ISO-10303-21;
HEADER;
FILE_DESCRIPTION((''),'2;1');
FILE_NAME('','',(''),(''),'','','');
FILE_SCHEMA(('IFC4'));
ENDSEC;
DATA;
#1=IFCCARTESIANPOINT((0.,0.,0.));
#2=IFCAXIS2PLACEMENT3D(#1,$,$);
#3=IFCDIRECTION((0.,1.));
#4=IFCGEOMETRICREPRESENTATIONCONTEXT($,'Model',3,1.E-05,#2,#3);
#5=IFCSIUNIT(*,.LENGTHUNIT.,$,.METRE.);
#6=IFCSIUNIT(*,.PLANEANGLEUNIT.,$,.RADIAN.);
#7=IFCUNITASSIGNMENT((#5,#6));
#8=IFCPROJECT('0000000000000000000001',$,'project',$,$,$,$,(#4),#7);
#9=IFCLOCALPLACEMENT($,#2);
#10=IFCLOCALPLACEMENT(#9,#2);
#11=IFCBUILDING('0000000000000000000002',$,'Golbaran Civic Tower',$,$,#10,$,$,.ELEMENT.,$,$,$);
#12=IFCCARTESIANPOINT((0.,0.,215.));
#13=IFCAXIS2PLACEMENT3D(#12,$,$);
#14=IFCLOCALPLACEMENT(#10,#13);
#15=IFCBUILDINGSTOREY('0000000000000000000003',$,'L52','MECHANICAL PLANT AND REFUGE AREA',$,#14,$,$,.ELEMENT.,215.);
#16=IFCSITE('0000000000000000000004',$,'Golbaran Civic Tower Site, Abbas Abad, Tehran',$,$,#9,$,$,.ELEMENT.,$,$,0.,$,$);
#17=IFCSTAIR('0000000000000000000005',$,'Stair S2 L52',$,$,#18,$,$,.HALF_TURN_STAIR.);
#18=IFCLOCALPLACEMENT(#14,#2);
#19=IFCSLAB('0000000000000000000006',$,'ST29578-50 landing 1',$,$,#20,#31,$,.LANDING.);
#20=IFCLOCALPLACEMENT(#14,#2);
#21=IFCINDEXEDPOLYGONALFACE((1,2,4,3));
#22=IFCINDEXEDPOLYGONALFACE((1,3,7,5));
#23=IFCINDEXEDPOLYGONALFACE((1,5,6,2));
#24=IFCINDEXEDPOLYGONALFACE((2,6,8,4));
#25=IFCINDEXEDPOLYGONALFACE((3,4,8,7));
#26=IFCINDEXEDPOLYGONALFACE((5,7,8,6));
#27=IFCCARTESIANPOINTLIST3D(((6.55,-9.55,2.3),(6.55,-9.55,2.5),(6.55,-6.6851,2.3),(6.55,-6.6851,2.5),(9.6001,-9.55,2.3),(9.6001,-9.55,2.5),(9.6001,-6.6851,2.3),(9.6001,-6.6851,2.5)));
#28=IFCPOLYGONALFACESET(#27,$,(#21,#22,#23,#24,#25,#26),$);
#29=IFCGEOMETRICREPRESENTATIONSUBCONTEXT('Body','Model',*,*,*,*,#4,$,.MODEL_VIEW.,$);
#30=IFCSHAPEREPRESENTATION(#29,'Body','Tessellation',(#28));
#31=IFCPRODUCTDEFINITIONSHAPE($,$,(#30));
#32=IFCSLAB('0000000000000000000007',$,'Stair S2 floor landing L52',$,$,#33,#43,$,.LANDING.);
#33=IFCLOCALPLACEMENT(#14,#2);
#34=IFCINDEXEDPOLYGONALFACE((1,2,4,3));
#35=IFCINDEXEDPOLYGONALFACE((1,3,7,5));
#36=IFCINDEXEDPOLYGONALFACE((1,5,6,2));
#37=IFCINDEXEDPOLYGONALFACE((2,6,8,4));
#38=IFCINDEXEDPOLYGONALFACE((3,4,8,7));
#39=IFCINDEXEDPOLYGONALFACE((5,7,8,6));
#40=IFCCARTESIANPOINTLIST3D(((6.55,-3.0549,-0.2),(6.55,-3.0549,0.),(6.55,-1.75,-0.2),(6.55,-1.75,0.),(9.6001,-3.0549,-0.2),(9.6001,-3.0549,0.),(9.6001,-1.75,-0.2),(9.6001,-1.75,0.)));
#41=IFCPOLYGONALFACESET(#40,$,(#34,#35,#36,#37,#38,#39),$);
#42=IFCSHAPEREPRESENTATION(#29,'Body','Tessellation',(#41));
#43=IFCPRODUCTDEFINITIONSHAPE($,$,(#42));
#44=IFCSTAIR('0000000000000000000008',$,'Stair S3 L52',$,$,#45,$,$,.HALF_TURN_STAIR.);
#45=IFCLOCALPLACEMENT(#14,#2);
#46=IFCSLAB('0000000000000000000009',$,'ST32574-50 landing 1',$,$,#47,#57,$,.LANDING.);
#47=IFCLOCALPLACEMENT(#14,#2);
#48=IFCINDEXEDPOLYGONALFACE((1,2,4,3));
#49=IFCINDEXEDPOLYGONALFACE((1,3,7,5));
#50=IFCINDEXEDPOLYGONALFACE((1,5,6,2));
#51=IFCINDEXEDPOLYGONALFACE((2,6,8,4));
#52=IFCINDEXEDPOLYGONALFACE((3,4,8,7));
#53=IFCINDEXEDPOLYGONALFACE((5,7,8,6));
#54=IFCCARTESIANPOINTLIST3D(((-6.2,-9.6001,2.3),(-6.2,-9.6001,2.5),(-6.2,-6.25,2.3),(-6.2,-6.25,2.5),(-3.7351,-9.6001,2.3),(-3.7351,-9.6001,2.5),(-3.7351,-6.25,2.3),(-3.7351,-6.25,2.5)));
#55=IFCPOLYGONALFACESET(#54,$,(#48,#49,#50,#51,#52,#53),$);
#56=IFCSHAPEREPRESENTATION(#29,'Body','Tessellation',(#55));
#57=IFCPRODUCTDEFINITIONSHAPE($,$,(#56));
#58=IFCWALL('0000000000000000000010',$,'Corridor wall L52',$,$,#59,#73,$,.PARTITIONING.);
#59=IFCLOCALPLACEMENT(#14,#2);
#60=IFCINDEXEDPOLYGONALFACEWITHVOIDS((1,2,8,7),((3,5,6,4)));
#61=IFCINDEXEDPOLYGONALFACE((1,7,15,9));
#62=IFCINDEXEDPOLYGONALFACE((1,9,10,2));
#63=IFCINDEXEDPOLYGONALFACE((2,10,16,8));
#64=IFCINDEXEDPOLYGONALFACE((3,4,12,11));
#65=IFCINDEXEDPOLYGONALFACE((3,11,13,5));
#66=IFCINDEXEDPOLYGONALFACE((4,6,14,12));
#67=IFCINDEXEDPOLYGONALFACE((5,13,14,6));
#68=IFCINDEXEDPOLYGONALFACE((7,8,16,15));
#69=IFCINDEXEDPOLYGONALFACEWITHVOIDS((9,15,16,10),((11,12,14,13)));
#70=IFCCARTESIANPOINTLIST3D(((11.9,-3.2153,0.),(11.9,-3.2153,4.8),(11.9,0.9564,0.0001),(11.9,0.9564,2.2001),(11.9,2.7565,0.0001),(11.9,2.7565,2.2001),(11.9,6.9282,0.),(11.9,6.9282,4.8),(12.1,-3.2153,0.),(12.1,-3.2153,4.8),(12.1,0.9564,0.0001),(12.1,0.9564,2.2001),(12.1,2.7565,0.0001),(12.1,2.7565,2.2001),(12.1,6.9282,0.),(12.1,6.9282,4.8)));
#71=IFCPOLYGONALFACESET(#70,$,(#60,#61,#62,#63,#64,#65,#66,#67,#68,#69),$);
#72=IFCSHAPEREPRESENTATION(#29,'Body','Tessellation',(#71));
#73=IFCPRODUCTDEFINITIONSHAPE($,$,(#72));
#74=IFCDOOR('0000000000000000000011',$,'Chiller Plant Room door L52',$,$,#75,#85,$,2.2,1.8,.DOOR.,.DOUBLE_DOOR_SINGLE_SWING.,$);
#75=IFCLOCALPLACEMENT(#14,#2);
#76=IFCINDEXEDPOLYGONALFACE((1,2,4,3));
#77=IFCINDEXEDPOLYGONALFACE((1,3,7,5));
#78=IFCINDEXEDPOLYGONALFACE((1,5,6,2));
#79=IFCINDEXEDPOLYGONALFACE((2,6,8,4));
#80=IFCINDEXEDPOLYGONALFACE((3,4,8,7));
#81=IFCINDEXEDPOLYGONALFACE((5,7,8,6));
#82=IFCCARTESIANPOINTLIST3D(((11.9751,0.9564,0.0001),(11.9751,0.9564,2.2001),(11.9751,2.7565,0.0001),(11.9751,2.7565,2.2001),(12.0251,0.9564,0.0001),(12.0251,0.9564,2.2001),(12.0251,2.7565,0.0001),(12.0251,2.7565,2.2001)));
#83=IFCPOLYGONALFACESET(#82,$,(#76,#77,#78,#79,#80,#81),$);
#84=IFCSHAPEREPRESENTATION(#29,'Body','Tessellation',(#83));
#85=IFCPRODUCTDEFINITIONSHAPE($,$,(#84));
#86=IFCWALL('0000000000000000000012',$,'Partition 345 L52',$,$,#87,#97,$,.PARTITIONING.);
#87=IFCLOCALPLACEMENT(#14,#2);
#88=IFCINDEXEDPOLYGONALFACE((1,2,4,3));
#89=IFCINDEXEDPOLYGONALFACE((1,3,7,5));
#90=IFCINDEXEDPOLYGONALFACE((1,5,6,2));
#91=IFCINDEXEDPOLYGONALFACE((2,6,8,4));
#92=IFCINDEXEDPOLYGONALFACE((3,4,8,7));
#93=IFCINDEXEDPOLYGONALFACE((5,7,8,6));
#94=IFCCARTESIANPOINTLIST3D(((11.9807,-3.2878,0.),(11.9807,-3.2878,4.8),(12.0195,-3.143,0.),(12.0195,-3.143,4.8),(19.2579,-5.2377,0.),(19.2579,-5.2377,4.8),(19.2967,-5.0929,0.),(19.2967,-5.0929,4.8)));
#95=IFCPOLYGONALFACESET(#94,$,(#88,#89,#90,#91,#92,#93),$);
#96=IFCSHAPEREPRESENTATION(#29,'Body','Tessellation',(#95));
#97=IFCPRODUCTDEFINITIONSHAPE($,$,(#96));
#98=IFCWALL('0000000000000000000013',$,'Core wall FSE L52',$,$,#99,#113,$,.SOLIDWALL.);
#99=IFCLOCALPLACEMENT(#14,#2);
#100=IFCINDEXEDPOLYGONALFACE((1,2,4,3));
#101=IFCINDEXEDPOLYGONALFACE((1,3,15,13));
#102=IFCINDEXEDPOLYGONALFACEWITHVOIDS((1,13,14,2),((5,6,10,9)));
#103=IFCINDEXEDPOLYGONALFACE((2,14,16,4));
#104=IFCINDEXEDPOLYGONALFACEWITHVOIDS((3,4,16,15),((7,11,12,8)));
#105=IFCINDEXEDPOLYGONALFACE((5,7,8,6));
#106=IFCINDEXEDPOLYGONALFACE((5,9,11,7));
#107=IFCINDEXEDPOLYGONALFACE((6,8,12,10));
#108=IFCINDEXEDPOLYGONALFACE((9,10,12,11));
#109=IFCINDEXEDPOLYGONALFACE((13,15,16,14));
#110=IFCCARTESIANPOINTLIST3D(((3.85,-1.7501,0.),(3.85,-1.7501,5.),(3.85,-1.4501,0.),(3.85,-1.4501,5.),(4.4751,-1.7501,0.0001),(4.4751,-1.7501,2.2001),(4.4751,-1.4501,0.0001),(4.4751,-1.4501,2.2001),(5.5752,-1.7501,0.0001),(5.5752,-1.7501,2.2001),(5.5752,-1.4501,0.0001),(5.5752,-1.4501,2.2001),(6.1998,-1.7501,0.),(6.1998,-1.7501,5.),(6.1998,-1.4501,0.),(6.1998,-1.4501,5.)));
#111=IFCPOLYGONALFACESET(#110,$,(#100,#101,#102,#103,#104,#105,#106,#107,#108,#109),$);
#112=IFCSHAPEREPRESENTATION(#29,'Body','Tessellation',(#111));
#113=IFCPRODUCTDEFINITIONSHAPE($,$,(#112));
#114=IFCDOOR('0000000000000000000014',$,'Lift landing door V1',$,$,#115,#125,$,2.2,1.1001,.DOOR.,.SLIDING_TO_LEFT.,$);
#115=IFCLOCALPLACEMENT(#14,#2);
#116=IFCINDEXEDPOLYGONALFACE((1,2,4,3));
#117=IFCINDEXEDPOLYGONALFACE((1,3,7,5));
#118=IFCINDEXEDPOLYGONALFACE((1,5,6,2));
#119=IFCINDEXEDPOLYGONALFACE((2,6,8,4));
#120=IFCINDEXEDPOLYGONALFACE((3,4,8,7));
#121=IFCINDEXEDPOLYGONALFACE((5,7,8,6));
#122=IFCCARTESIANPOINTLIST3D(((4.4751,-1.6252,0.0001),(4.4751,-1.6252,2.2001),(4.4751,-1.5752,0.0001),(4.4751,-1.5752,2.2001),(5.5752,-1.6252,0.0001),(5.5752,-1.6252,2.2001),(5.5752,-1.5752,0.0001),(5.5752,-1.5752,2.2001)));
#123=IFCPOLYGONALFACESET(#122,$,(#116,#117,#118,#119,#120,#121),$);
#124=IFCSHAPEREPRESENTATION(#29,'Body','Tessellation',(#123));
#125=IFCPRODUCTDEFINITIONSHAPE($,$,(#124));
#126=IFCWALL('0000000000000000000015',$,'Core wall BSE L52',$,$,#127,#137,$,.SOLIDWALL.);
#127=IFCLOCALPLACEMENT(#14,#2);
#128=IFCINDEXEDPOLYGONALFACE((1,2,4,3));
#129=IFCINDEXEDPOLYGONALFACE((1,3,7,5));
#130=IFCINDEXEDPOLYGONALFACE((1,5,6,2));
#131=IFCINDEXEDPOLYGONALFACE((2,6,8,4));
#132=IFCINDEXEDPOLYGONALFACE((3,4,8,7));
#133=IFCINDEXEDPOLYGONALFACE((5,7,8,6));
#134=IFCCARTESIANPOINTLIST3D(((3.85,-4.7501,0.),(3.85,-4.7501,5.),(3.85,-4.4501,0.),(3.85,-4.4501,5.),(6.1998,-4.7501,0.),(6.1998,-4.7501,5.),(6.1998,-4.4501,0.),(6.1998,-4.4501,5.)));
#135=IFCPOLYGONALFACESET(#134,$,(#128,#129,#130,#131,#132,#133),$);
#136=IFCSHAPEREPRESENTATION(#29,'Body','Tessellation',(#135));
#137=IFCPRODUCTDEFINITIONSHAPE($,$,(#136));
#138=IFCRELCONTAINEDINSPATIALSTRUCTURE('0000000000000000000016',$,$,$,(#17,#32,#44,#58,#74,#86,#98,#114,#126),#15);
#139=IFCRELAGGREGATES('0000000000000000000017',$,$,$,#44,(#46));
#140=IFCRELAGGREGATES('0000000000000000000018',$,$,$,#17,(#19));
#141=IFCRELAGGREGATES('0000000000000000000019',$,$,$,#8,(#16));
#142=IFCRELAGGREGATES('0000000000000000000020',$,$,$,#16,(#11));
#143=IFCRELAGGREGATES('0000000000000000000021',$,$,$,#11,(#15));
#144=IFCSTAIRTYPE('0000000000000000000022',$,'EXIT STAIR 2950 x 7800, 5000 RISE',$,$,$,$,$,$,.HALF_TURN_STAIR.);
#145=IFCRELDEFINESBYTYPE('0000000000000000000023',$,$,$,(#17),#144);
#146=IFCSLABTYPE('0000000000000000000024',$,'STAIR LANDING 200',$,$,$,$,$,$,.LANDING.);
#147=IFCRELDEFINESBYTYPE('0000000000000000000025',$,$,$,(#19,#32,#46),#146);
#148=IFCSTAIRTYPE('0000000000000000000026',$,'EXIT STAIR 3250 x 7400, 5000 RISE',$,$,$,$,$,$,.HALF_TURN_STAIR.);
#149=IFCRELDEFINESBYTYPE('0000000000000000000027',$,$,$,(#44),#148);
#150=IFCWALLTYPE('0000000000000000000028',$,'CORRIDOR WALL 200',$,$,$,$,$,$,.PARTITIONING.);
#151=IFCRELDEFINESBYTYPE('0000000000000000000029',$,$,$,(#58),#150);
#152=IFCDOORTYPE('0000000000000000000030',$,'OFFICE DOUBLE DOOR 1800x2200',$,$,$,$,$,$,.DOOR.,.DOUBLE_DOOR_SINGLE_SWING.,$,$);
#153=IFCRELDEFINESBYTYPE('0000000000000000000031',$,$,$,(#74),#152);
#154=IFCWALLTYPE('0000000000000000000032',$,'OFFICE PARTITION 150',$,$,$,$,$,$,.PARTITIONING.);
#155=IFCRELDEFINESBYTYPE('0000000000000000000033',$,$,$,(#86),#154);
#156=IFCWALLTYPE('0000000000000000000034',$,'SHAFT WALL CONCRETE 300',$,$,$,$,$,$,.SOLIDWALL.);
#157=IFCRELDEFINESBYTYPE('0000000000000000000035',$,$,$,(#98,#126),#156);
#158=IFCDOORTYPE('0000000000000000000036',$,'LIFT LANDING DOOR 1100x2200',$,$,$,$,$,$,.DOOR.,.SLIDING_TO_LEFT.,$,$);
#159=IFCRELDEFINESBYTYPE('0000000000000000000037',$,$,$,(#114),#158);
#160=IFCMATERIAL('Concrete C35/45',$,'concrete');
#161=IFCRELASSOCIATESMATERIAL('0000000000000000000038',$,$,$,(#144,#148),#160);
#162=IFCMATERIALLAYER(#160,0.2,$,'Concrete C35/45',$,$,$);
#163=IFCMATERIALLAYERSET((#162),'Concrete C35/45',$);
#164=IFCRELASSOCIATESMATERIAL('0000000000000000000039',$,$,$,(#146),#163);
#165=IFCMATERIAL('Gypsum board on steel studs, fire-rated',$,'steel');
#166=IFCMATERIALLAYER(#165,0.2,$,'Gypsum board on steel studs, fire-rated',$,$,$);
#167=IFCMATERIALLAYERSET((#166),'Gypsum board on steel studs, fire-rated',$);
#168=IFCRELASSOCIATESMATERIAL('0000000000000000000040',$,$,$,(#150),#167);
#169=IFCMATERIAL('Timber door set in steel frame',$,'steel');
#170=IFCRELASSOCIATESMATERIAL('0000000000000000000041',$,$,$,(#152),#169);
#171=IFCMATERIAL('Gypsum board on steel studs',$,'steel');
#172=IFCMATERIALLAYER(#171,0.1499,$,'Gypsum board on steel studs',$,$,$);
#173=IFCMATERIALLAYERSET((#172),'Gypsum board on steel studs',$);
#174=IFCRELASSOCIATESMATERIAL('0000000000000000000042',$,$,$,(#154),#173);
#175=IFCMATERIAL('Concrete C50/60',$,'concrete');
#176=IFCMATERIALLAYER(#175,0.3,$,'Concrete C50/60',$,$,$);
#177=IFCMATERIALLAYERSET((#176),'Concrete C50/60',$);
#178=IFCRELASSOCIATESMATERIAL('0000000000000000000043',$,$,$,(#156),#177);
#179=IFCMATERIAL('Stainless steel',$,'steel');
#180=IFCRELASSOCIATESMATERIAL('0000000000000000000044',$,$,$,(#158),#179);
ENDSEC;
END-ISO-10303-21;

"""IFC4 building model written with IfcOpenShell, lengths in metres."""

from ifc_helpers import new_model, si_unit, direction, frame, frame_2d, origin, place, context, subcontext, project, spatial, polyline, rectangle, outline, extrude, material, layer, layer_set, type_object, element, fill, aggregate, save


model = new_model("IFC4")

# Units and contexts
model_context = context("Model", 3, precision=1e-05, world=origin(), true_north=direction((0.0, 1.0)))
body_context = subcontext(model_context, "Body", "Model", "MODEL_VIEW")
ifc_project = project(units=[si_unit("LENGTHUNIT", "METRE"), si_unit("PLANEANGLEUNIT", "RADIAN")], contexts=[model_context])

# Site, building, storey
site_placement = place(None, origin())
site = spatial("IfcSite", under=ifc_project, at=site_placement, Name="Golbaran Civic Tower Site, Abbas Abad, Tehran", CompositionType="ELEMENT", RefElevation=0.0)
building_placement = place(site_placement, origin())
building = spatial("IfcBuilding", under=site, at=building_placement, Name="Golbaran Civic Tower", CompositionType="ELEMENT")
storey_placement = place(building_placement, frame((0.0, 0.0, 215.0)))
storey = spatial("IfcBuildingStorey", under=building, at=storey_placement, Name="L52", Description="MECHANICAL PLANT AND REFUGE AREA", CompositionType="ELEMENT", Elevation=215.0)

# Shared definitions
ifc_material_1 = material(Name="Concrete C35/45", Category="concrete")

# Shared definitions
stair_type_1 = type_object("IfcStairType", Name="EXIT STAIR 2950 x 7800, 5000 RISE", PredefinedType="HALF_TURN_STAIR", material=ifc_material_1)
ifc_layer_1 = layer(ifc_material_1, 0.2, Name="Concrete C35/45")
ifc_layer_set_1 = layer_set([ifc_layer_1], Name="Concrete C35/45")
slab_type_1 = type_object("IfcSlabType", Name="STAIR LANDING 200", PredefinedType="LANDING", material=ifc_layer_set_1)

# Stair, slab
stair_1_placement = place(storey_placement, origin())
stair_1 = element("IfcStair", 1, at=stair_1_placement, inside=storey, type_object=stair_type_1, Name="Stair S2 L52", PredefinedType="HALF_TURN_STAIR")
slab_1_placement = place(storey_placement, frame((0.0, 0.0, 2.3)))
slab_1 = element("IfcSlab", 2, at=slab_1_placement, type_object=slab_type_1, Name="ST29578-50 landing 1", PredefinedType="LANDING", context=body_context, shape_type="SweptSolid", body=[
    extrude(outline(polyline([(9.6001, -6.6851), (9.6001, -9.55), (6.55, -9.55), (6.55, -6.6851), (9.6001, -6.6851)])), origin(), (0.0, 0.0, 1.0), 0.2),
])

# Slab
slab_2_placement = place(storey_placement, frame((0.0, 0.0, -0.2)))
element("IfcSlab", 3, at=slab_2_placement, inside=storey, type_object=slab_type_1, Name="Stair S2 floor landing L52", PredefinedType="LANDING", context=body_context, shape_type="SweptSolid", body=[
    extrude(outline(polyline([(9.6001, -1.75), (9.6001, -3.0549), (6.55, -3.0549), (6.55, -1.75), (9.6001, -1.75)])), origin(), (0.0, 0.0, 1.0), 0.2),
])

# Stair, slab
stair_type_2 = type_object("IfcStairType", Name="EXIT STAIR 3250 x 7400, 5000 RISE", PredefinedType="HALF_TURN_STAIR", material=ifc_material_1)
stair_2_placement = place(storey_placement, origin())
stair_2 = element("IfcStair", 4, at=stair_2_placement, inside=storey, type_object=stair_type_2, Name="Stair S3 L52", PredefinedType="HALF_TURN_STAIR")
slab_3_placement = place(storey_placement, frame((0.0, 0.0, 2.3)))
slab_3 = element("IfcSlab", 5, at=slab_3_placement, type_object=slab_type_1, Name="ST32574-50 landing 1", PredefinedType="LANDING", context=body_context, shape_type="SweptSolid", body=[
    extrude(outline(polyline([(-3.7351, -9.6001), (-6.2, -9.6001), (-6.2, -6.25), (-3.7351, -6.25), (-3.7351, -9.6001)])), origin(), (0.0, 0.0, 1.0), 0.2),
])
aggregate(stair_2, [slab_3])

# Wall, opening, door
ifc_material_2 = material(Name="Gypsum board on steel studs, fire-rated", Category="steel")
ifc_layer_2 = layer(ifc_material_2, 0.2, Name="Gypsum board on steel studs, fire-rated")
ifc_layer_set_2 = layer_set([ifc_layer_2], Name="Gypsum board on steel studs, fire-rated")
wall_type_1 = type_object("IfcWallType", Name="CORRIDOR WALL 200", PredefinedType="PARTITIONING", material=ifc_layer_set_2)
wall_1_placement = place(storey_placement, frame((12.0, -3.2153, 0.0), z_axis=(0.0, 0.0, 1.0), x_axis=(0.0, 1.0, 0.0)))
wall_1 = element("IfcWall", 6, at=wall_1_placement, inside=storey, type_object=wall_type_1, Name="Corridor wall L52", PredefinedType="PARTITIONING", context=body_context, shape_type="SweptSolid", body=[
    extrude(rectangle(XDim=10.1436, YDim=0.2, at=frame_2d((5.0718, 0.0))), origin(), (0.0, 0.0, 1.0), 4.8),
])
opening_1_placement = place(wall_1_placement, frame((4.1719, 0.0, 0.0)))
opening_1 = element("IfcOpeningElement", 7, at=opening_1_placement, cuts=wall_1, PredefinedType="OPENING", context=body_context, shape_type="SweptSolid", body=[
    extrude(rectangle(XDim=1.8, YDim=2.2, at=frame_2d((0.8999, 1.1001))), frame((0.0, 0.1099, 0.0), z_axis=(0.0, -1.0, 0.0), x_axis=(1.0, 0.0, 0.0)), (0.0, 0.0, 1.0), 0.22),
])
ifc_material_3 = material(Name="Timber door set in steel frame", Category="steel")
door_type_1 = type_object("IfcDoorType", Name="OFFICE DOUBLE DOOR 1800x2200", OperationType="DOUBLE_DOOR_SINGLE_SWING", PredefinedType="DOOR", material=ifc_material_3)
door_1_placement = place(opening_1_placement, origin())
door_1 = element("IfcDoor", 8, at=door_1_placement, inside=storey, type_object=door_type_1, Name="Chiller Plant Room door L52", OperationType="DOUBLE_DOOR_SINGLE_SWING", OverallHeight=2.2, OverallWidth=1.8, PredefinedType="DOOR", context=body_context, shape_type="SweptSolid", body=[
    extrude(rectangle(XDim=1.8, YDim=2.2, at=frame_2d((0.8999, 1.1001))), frame((0.0, 0.0249, 0.0), z_axis=(0.0, -1.0, 0.0), x_axis=(1.0, 0.0, 0.0)), (0.0, 0.0, 1.0), 0.05),
])
fill(opening_1, door_1)

# Wall
ifc_material_4 = material(Name="Gypsum board on steel studs", Category="steel")
ifc_layer_3 = layer(ifc_material_4, 0.1499, Name="Gypsum board on steel studs")
ifc_layer_set_3 = layer_set([ifc_layer_3], Name="Gypsum board on steel studs")
wall_type_2 = type_object("IfcWallType", Name="OFFICE PARTITION 150", PredefinedType="PARTITIONING", material=ifc_layer_set_3)
wall_2_placement = place(storey_placement, frame((12.0, -3.2153, 0.0), z_axis=(0.0, 0.0, 1.0), x_axis=(0.965924, -0.258826, 0.0)))
element("IfcWall", 9, at=wall_2_placement, inside=storey, type_object=wall_type_2, Name="Partition 345 L52", PredefinedType="PARTITIONING", context=body_context, shape_type="SweptSolid", body=[
    extrude(rectangle(XDim=7.5339, YDim=0.1499, at=frame_2d((3.7671, 0.0))), origin(), (0.0, 0.0, 1.0), 4.8),
])

# Wall, opening, door
ifc_material_5 = material(Name="Concrete C50/60", Category="concrete")
ifc_layer_4 = layer(ifc_material_5, 0.3, Name="Concrete C50/60")
ifc_layer_set_4 = layer_set([ifc_layer_4], Name="Concrete C50/60")
wall_type_3 = type_object("IfcWallType", Name="SHAFT WALL CONCRETE 300", PredefinedType="SOLIDWALL", material=ifc_layer_set_4)
wall_3_placement = place(storey_placement, frame((3.8501, -1.6001, 0.0), z_axis=(0.0, 0.0, 1.0), x_axis=(1.0, 0.0, 0.0)))
wall_3 = element("IfcWall", 10, at=wall_3_placement, inside=storey, type_object=wall_type_3, Name="Core wall FSE L52", PredefinedType="SOLIDWALL", context=body_context, shape_type="SweptSolid", body=[
    extrude(rectangle(XDim=2.3499, YDim=0.3, at=frame_2d((1.1748, 0.0))), origin(), (0.0, 0.0, 1.0), 5.0),
])
opening_2_placement = place(wall_3_placement, frame((0.625, 0.0, 0.0)))
opening_2 = element("IfcOpeningElement", 11, at=opening_2_placement, cuts=wall_3, PredefinedType="OPENING", context=body_context, shape_type="SweptSolid", body=[
    extrude(rectangle(XDim=1.1001, YDim=2.2, at=frame_2d((0.55, 1.1001))), frame((0.0, 0.1599, 0.0), z_axis=(0.0, -1.0, 0.0), x_axis=(1.0, 0.0, 0.0)), (0.0, 0.0, 1.0), 0.3201),
])
ifc_material_6 = material(Name="Stainless steel", Category="steel")
door_type_2 = type_object("IfcDoorType", Name="LIFT LANDING DOOR 1100x2200", OperationType="SLIDING_TO_LEFT", PredefinedType="DOOR", material=ifc_material_6)
door_2_placement = place(opening_2_placement, origin())
door_2 = element("IfcDoor", 12, at=door_2_placement, inside=storey, type_object=door_type_2, Name="Lift landing door V1", OperationType="SLIDING_TO_LEFT", OverallHeight=2.2, OverallWidth=1.1001, PredefinedType="DOOR", context=body_context, shape_type="SweptSolid", body=[
    extrude(rectangle(XDim=1.1001, YDim=2.2, at=frame_2d((0.55, 1.1001))), frame((0.0, 0.0249, 0.0), z_axis=(0.0, -1.0, 0.0), x_axis=(1.0, 0.0, 0.0)), (0.0, 0.0, 1.0), 0.05),
])
fill(opening_2, door_2)

# Wall
wall_4_placement = place(storey_placement, frame((3.8501, -4.6001, 0.0), z_axis=(0.0, 0.0, 1.0), x_axis=(1.0, 0.0, 0.0)))
element("IfcWall", 13, at=wall_4_placement, inside=storey, type_object=wall_type_3, Name="Core wall BSE L52", PredefinedType="SOLIDWALL", context=body_context, shape_type="SweptSolid", body=[
    extrude(rectangle(XDim=2.3499, YDim=0.3, at=frame_2d((1.1748, 0.0))), origin(), (0.0, 0.0, 1.0), 5.0),
])

aggregate(stair_1, [slab_1])

save(model, "model.ifc")
